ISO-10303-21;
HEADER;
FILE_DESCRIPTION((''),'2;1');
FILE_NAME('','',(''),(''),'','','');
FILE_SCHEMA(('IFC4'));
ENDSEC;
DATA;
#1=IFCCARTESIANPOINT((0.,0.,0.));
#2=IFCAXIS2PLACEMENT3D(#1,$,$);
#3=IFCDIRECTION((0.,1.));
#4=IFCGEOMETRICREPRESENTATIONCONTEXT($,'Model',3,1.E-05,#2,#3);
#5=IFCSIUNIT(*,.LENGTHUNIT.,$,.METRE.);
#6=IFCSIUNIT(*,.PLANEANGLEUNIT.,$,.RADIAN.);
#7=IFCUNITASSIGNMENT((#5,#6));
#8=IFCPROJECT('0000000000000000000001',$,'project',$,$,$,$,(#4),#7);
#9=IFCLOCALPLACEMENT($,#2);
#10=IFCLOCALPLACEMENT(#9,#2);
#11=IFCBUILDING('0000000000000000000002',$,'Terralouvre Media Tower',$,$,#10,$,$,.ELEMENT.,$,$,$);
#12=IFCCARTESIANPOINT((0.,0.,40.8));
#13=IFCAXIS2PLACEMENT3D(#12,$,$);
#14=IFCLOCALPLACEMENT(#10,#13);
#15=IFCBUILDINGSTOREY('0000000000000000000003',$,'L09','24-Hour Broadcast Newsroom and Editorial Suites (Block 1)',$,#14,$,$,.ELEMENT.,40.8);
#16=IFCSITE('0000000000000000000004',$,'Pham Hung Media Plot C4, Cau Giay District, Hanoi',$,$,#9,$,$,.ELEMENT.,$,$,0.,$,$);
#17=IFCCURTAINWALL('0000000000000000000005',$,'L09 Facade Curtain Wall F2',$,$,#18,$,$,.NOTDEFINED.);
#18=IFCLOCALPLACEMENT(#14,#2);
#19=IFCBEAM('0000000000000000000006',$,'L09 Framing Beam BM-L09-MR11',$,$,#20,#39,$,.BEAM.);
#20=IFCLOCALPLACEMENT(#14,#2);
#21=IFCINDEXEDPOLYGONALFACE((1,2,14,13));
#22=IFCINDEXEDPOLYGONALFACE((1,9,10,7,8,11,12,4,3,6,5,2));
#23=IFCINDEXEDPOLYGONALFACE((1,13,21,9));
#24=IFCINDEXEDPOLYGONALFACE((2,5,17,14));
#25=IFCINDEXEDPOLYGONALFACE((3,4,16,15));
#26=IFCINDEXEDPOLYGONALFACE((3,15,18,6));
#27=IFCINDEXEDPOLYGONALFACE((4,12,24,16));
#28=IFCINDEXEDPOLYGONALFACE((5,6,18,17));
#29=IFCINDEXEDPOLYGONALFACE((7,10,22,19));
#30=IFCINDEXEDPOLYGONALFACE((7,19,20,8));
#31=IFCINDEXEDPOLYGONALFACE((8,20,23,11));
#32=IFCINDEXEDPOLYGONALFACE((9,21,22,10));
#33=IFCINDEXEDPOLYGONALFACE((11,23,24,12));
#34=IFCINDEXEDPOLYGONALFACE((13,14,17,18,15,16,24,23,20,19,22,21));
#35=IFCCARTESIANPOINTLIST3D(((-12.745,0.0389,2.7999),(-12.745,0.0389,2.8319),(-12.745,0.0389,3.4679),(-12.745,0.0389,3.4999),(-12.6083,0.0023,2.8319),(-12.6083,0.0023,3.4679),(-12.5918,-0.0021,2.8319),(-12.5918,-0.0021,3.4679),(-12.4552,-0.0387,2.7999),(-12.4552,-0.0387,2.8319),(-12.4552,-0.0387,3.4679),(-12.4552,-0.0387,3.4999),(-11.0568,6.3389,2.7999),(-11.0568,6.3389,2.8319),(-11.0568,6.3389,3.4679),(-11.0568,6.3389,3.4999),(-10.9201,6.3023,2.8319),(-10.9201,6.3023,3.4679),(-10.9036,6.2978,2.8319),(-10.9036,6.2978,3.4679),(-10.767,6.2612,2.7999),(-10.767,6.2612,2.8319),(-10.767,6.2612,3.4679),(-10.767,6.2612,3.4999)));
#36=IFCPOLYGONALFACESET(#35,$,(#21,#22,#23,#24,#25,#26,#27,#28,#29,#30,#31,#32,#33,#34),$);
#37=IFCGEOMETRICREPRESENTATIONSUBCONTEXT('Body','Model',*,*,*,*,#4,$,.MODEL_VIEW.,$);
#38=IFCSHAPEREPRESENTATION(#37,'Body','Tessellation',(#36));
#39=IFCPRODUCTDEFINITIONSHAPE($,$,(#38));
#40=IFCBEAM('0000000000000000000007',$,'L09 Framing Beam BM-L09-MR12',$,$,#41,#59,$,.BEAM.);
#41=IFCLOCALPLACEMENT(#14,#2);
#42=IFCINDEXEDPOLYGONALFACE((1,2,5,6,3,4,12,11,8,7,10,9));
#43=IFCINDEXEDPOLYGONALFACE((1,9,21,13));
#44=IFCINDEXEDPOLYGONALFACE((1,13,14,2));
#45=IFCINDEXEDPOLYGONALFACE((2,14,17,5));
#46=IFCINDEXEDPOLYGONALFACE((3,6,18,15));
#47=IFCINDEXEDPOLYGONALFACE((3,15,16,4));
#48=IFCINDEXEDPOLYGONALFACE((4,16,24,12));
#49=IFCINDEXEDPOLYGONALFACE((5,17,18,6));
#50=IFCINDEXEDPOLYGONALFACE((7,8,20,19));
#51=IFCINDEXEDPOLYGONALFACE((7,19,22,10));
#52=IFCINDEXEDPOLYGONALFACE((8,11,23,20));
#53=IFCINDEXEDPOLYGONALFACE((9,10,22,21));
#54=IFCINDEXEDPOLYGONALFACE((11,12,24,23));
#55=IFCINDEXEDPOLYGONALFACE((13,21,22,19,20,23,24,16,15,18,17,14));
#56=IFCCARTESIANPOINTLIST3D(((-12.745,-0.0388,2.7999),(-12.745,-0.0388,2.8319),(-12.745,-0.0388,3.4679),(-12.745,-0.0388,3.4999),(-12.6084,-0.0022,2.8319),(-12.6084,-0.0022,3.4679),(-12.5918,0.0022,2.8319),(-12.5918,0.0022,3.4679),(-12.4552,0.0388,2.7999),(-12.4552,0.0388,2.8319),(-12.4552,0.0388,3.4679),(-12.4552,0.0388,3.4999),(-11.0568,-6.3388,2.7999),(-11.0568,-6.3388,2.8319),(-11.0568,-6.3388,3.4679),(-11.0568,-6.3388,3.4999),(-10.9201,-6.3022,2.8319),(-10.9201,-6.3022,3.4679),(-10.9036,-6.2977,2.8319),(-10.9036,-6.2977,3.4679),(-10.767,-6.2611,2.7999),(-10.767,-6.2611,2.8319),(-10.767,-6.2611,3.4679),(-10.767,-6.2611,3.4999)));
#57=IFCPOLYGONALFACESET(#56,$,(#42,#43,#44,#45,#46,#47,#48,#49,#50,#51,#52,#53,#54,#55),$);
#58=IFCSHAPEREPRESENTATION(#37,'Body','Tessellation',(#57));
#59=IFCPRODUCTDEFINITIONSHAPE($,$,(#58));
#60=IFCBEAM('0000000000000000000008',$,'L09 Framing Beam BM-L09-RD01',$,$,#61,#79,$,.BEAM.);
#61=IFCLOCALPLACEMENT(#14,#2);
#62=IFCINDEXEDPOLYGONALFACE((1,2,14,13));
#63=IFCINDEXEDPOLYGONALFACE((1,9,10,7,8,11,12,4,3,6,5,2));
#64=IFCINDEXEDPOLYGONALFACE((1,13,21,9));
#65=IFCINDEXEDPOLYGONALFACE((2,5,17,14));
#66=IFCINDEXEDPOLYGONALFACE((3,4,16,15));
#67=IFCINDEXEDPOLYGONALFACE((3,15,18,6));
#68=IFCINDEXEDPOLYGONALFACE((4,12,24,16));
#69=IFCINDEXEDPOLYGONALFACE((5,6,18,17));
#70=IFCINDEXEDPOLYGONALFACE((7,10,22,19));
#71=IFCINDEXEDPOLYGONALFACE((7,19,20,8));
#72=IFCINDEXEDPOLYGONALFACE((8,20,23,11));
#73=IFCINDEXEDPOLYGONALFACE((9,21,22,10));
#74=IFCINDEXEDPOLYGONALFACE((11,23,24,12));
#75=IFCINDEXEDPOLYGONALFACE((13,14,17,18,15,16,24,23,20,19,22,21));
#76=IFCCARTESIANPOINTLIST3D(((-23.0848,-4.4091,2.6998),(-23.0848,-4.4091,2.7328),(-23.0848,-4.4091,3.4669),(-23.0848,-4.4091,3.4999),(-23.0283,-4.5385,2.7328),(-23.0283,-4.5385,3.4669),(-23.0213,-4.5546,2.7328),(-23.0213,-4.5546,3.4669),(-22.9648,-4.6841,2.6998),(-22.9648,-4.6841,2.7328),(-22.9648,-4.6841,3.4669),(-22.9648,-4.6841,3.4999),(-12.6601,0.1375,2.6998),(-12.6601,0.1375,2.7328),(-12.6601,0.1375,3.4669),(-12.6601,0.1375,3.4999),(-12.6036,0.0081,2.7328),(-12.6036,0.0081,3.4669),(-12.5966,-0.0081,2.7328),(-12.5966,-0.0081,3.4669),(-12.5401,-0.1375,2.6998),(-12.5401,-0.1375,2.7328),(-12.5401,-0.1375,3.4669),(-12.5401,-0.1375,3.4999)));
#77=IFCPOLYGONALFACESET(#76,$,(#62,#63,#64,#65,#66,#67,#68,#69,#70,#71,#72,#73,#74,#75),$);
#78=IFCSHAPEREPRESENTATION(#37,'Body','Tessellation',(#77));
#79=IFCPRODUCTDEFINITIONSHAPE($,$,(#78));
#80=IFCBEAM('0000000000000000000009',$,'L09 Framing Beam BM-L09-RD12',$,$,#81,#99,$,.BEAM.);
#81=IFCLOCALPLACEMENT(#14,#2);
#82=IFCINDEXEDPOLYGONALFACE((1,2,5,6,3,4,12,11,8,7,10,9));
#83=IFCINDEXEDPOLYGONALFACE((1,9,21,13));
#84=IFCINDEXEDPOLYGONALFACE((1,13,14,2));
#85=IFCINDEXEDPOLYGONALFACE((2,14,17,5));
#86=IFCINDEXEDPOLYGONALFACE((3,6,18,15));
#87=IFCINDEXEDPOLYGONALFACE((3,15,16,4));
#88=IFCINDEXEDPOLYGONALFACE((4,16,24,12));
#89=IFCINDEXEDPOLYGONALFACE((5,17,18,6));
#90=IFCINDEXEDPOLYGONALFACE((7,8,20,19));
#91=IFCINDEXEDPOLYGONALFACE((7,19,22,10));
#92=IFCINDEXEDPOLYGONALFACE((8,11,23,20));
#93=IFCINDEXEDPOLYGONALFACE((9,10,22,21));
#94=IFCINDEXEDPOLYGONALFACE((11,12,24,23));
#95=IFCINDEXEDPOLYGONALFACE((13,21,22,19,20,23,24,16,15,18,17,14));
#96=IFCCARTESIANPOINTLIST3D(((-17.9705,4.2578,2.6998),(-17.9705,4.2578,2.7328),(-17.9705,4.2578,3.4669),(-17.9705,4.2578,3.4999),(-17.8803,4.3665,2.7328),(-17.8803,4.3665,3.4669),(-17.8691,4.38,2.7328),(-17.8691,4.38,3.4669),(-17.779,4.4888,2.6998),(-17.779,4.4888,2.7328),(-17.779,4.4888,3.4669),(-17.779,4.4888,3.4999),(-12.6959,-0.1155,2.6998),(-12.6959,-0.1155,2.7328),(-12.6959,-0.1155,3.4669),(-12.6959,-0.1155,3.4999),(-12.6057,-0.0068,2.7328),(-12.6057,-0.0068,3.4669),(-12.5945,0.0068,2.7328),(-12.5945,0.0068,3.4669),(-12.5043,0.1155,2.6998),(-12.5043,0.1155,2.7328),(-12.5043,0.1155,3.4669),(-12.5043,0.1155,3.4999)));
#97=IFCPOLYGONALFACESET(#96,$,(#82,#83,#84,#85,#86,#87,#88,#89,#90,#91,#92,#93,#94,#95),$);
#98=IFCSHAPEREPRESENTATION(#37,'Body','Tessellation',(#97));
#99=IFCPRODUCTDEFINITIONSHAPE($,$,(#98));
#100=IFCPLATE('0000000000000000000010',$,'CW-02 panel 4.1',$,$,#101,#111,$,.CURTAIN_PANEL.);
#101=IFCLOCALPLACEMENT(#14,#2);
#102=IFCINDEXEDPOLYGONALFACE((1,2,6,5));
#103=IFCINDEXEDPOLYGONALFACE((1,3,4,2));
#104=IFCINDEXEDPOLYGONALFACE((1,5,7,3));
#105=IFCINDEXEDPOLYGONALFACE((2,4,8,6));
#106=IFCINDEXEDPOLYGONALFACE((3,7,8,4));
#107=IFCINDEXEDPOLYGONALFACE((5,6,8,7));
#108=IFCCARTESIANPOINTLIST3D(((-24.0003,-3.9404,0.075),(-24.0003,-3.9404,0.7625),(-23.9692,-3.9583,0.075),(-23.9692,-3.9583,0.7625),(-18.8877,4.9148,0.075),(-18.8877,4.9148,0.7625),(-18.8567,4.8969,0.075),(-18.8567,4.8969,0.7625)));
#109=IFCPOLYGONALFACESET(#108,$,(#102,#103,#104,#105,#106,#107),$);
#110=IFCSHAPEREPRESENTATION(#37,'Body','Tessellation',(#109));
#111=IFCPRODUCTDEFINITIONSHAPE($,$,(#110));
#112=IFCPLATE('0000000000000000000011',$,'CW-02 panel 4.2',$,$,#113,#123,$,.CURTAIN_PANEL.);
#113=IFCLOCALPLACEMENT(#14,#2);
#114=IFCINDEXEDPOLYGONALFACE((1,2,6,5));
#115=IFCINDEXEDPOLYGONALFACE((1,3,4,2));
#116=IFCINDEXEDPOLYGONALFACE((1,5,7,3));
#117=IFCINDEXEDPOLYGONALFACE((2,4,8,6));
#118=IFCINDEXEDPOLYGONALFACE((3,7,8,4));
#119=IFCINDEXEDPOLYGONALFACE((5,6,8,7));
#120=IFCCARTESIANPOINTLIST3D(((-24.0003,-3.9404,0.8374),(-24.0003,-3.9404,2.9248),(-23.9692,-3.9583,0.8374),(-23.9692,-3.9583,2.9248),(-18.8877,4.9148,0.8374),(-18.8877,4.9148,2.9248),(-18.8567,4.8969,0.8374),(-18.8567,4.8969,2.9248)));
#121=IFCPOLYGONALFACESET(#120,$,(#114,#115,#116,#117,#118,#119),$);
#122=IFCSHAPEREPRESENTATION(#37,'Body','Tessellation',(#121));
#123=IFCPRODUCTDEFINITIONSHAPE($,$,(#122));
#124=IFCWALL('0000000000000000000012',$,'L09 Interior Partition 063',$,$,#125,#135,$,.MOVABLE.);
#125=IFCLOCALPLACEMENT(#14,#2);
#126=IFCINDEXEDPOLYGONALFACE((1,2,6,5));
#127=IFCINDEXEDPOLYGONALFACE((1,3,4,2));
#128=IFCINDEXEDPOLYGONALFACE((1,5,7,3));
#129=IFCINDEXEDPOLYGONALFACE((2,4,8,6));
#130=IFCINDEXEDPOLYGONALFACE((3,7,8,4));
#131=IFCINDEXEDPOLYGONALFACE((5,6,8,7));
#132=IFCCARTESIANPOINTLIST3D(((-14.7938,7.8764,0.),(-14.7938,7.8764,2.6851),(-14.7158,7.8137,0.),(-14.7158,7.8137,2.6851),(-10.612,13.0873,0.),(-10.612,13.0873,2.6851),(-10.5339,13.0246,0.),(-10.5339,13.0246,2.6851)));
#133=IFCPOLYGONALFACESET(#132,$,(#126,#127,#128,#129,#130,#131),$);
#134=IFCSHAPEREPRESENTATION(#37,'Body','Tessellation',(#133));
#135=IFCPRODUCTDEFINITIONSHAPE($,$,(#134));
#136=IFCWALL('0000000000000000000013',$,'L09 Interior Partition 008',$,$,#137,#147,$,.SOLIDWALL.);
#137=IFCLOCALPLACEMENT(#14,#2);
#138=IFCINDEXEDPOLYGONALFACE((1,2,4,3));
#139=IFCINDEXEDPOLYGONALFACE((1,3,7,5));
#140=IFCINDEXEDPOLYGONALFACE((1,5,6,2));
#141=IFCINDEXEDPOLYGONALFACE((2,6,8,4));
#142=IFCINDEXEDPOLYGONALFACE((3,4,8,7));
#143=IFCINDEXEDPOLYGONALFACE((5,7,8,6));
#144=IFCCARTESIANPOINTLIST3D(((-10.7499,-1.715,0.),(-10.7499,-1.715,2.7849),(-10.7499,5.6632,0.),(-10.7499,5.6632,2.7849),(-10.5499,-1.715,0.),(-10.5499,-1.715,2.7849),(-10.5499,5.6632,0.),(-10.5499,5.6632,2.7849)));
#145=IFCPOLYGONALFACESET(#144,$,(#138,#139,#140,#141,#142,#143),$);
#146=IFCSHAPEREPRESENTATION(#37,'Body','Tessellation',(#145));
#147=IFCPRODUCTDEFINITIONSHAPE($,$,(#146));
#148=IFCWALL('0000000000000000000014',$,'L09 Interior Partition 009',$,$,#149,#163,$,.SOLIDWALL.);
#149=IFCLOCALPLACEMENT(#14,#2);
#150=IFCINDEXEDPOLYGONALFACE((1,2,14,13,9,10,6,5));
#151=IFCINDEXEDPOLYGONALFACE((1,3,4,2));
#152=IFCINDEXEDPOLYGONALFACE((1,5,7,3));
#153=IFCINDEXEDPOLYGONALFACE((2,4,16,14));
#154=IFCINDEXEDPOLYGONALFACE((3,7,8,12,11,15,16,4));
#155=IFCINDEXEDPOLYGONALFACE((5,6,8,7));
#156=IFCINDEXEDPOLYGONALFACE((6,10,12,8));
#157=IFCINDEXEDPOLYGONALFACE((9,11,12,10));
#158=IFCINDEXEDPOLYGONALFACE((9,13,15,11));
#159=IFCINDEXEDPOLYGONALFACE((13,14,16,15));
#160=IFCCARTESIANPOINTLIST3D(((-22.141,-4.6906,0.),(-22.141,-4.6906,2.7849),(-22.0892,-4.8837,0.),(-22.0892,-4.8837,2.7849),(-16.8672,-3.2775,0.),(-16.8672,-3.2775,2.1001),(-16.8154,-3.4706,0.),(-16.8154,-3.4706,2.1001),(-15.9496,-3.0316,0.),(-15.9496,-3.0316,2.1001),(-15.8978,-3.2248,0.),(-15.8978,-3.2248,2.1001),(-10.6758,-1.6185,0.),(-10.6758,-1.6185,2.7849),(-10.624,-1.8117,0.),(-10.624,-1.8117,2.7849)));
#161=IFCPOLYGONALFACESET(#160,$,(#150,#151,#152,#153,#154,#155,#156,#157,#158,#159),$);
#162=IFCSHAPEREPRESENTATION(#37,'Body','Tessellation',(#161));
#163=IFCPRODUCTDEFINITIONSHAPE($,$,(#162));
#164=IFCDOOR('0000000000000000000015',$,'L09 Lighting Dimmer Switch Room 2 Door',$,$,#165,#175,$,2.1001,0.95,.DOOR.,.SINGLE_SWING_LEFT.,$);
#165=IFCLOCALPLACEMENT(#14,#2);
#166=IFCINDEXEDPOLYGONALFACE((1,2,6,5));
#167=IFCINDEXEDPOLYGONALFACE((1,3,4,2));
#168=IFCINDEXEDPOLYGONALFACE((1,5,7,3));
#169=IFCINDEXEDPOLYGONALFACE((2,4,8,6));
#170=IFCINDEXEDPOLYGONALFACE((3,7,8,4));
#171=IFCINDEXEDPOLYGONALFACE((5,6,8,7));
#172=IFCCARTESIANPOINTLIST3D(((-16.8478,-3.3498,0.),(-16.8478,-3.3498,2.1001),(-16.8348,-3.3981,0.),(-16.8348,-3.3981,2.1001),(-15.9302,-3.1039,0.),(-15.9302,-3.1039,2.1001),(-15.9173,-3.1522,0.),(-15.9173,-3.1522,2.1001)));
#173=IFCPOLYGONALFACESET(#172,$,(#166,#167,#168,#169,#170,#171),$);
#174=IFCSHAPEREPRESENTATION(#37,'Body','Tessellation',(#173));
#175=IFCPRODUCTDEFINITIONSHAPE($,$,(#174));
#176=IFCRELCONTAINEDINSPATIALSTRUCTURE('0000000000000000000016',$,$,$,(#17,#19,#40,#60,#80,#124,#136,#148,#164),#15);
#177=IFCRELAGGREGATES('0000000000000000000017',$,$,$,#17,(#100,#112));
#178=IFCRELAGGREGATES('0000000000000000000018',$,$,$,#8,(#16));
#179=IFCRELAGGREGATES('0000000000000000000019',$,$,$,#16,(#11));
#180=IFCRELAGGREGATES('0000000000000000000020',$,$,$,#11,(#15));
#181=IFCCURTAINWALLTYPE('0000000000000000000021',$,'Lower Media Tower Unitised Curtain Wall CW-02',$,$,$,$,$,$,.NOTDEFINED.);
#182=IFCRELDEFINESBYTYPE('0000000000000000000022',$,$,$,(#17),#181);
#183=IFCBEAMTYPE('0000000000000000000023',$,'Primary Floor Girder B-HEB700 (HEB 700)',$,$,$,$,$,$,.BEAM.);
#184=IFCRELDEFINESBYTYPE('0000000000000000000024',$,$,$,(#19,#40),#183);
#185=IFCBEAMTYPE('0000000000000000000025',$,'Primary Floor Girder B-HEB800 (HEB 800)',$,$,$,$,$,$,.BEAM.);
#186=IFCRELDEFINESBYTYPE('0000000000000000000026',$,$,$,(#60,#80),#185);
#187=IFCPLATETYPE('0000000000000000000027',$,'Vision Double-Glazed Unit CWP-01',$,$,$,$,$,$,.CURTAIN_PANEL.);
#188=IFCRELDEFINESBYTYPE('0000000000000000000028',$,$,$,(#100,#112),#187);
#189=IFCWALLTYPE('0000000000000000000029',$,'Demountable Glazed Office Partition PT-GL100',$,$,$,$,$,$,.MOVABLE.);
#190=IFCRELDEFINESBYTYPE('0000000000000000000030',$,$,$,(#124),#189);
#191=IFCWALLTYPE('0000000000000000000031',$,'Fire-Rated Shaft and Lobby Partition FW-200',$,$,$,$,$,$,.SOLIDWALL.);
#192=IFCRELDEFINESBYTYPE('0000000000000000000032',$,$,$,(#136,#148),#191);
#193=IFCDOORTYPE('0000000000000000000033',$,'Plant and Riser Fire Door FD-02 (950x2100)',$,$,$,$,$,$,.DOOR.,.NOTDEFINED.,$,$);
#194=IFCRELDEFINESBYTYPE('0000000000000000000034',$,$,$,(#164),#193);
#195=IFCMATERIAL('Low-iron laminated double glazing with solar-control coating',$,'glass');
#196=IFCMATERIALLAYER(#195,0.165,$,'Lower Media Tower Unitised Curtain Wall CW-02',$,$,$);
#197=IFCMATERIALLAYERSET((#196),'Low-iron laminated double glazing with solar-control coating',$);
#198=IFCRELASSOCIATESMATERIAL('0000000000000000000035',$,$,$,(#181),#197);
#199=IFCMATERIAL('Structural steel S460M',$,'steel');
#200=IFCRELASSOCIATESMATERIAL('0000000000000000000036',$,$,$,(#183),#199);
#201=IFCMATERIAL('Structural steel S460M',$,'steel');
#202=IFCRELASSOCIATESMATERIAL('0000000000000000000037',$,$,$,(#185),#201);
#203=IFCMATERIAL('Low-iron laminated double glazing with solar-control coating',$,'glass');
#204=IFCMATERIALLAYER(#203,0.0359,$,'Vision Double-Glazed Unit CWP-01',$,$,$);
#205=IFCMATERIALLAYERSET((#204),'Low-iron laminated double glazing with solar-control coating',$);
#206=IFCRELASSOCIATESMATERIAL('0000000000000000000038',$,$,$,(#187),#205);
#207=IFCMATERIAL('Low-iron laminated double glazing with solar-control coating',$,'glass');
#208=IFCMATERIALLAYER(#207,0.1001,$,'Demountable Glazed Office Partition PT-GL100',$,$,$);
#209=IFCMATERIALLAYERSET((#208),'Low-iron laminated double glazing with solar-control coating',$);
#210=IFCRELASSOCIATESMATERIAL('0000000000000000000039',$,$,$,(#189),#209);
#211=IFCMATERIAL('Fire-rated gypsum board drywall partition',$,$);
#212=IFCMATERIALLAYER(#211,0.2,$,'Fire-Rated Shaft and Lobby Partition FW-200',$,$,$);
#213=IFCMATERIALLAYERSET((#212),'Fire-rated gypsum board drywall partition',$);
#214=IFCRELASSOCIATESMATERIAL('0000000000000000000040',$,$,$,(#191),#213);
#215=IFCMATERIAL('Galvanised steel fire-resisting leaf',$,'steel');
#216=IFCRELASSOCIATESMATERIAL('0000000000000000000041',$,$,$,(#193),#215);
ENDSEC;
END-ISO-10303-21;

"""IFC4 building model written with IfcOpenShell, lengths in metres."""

from ifc_helpers import new_model, si_unit, direction, frame, frame_2d, origin, origin_2d, place, context, subcontext, project, spatial, rectangle, i_section, extrude, material, layer, layer_set, material_profile, profile_set, type_object, element, fill, aggregate, save


model = new_model("IFC4")

# Units and contexts
model_context = context("Model", 3, precision=1e-05, world=origin(), true_north=direction((0.0, 1.0)))
body_context = subcontext(model_context, "Body", "Model", "MODEL_VIEW")
ifc_project = project(units=[si_unit("LENGTHUNIT", "METRE"), si_unit("PLANEANGLEUNIT", "RADIAN")], contexts=[model_context])

# Site, building, storey
site_placement = place(None, origin())
site = spatial("IfcSite", under=ifc_project, at=site_placement, Name="Pham Hung Media Plot C4, Cau Giay District, Hanoi", CompositionType="ELEMENT", RefElevation=0.0)
building_placement = place(site_placement, origin())
building = spatial("IfcBuilding", under=site, at=building_placement, Name="Terralouvre Media Tower", CompositionType="ELEMENT")
storey_placement = place(building_placement, frame((0.0, 0.0, 40.8)))
storey = spatial("IfcBuildingStorey", under=building, at=storey_placement, Name="L09", Description="24-Hour Broadcast Newsroom and Editorial Suites (Block 1)", CompositionType="ELEMENT", Elevation=40.8)

# Curtain wall
ifc_material_1 = material(Name="Low-iron laminated double glazing with solar-control coating", Category="glass")
ifc_layer_1 = layer(ifc_material_1, 0.165, Name="Lower Media Tower Unitised Curtain Wall CW-02")
ifc_layer_set_1 = layer_set([ifc_layer_1], Name="Low-iron laminated double glazing with solar-control coating")
curtain_wall_type = type_object("IfcCurtainWallType", Name="Lower Media Tower Unitised Curtain Wall CW-02", PredefinedType="NOTDEFINED", material=ifc_layer_set_1)
curtain_wall_placement = place(storey_placement, origin())
curtain_wall = element("IfcCurtainWall", 1, at=curtain_wall_placement, inside=storey, type_object=curtain_wall_type, Name="L09 Facade Curtain Wall F2", PredefinedType="NOTDEFINED")

# Beams
ifc_material_2 = material(Name="Structural steel S460M", Category="steel")
ifc_material_profile_1 = material_profile(ifc_material_2, i_section(OverallWidth=0.3, OverallDepth=0.7, WebThickness=0.0171, FlangeThickness=0.032, at=origin_2d()), Name="HEB 700")
ifc_profile_set_1 = profile_set([ifc_material_profile_1], Name="Structural steel S460M")
beam_type_1 = type_object("IfcBeamType", Name="Primary Floor Girder B-HEB700 (HEB 700)", PredefinedType="BEAM", material=ifc_profile_set_1)
for number, where, z_axis, x_axis, name in (
    (2, (-10.9119, 6.3, 3.1499), (-0.258839, -0.96592, 0.0), (0.96592, -0.258839, 0.0), "L09 Framing Beam BM-L09-MR11"),
    (3, (-12.6001, 0.0, 3.1499), (0.258839, -0.96592, 0.0), (0.96592, 0.258839, 0.0), "L09 Framing Beam BM-L09-MR12"),
):
    element("IfcBeam", number, at=place(storey_placement, frame(where, z_axis=z_axis, x_axis=x_axis)), inside=storey, type_object=beam_type_1, Name=name, PredefinedType="BEAM", context=body_context, shape_type="SweptSolid", body=[
        extrude(i_section(OverallWidth=0.3, OverallDepth=0.7, WebThickness=0.0171, FlangeThickness=0.032, at=origin_2d()), origin(), (0.0, 0.0, 1.0), 6.5222),
    ])
ifc_material_3 = material(Name="Structural steel S460M", Category="steel")
ifc_material_profile_2 = material_profile(ifc_material_3, i_section(OverallWidth=0.3, OverallDepth=0.8, WebThickness=0.0176, FlangeThickness=0.033, at=origin_2d()), Name="HEB 800")
ifc_profile_set_2 = profile_set([ifc_material_profile_2], Name="Structural steel S460M")
beam_type_2 = type_object("IfcBeamType", Name="Primary Floor Girder B-HEB800 (HEB 800)", PredefinedType="BEAM", material=ifc_profile_set_2)
beam_1_placement = place(storey_placement, frame((-12.6001, 0.0, 3.0999), z_axis=(-0.916616, -0.399769, 0.0), x_axis=(0.399769, -0.916616, 0.0)))
element("IfcBeam", 4, at=beam_1_placement, inside=storey, type_object=beam_type_2, Name="L09 Framing Beam BM-L09-RD01", PredefinedType="BEAM", context=body_context, shape_type="SweptSolid", body=[
    extrude(i_section(OverallWidth=0.3, OverallDepth=0.8, WebThickness=0.0176, FlangeThickness=0.033, at=origin_2d()), origin(), (0.0, 0.0, 1.0), 11.373),
])
beam_2_placement = place(storey_placement, frame((-12.6001, 0.0, 3.0999), z_axis=(-0.769816, 0.638265, 0.0), x_axis=(-0.638265, -0.769816, 0.0)))
element("IfcBeam", 5, at=beam_2_placement, inside=storey, type_object=beam_type_2, Name="L09 Framing Beam BM-L09-RD12", PredefinedType="BEAM", context=body_context, shape_type="SweptSolid", body=[
    extrude(i_section(OverallWidth=0.3, OverallDepth=0.8, WebThickness=0.0176, FlangeThickness=0.033, at=origin_2d()), origin(), (0.0, 0.0, 1.0), 6.8518),
])

# Plates
ifc_material_4 = material(Name="Low-iron laminated double glazing with solar-control coating", Category="glass")
ifc_layer_2 = layer(ifc_material_4, 0.0359, Name="Vision Double-Glazed Unit CWP-01")
ifc_layer_set_2 = layer_set([ifc_layer_2], Name="Low-iron laminated double glazing with solar-control coating")
plate_type = type_object("IfcPlateType", Name="Vision Double-Glazed Unit CWP-01", PredefinedType="CURTAIN_PANEL", material=ifc_layer_set_2)
plate_1_placement = place(storey_placement, frame((-21.4285, 0.4783, 0.075), z_axis=(0.0, 0.0, 1.0), x_axis=(-0.5, -0.866025, 0.0)))
plate_1 = element("IfcPlate", 6, at=plate_1_placement, type_object=plate_type, Name="CW-02 panel 4.1", PredefinedType="CURTAIN_PANEL", context=body_context, shape_type="SweptSolid", body=[
    extrude(rectangle(XDim=10.2251, YDim=0.0359, at=origin_2d()), origin(), (0.0, 0.0, 1.0), 0.6875),
])
plate_2_placement = place(storey_placement, frame((-21.4285, 0.4783, 0.8374), z_axis=(0.0, 0.0, 1.0), x_axis=(-0.5, -0.866025, 0.0)))
plate_2 = element("IfcPlate", 7, at=plate_2_placement, type_object=plate_type, Name="CW-02 panel 4.2", PredefinedType="CURTAIN_PANEL", context=body_context, shape_type="SweptSolid", body=[
    extrude(rectangle(XDim=10.2251, YDim=0.0359, at=origin_2d()), origin(), (0.0, 0.0, 1.0), 2.0874),
])
aggregate(curtain_wall, [plate_1, plate_2])

# Walls
ifc_material_5 = material(Name="Low-iron laminated double glazing with solar-control coating", Category="glass")
ifc_layer_3 = layer(ifc_material_5, 0.1001, Name="Demountable Glazed Office Partition PT-GL100")
ifc_layer_set_3 = layer_set([ifc_layer_3], Name="Low-iron laminated double glazing with solar-control coating")
wall_type_1 = type_object("IfcWallType", Name="Demountable Glazed Office Partition PT-GL100", PredefinedType="MOVABLE", material=ifc_layer_set_3)
wall_1_placement = place(storey_placement, frame((-14.7549, 7.845, 0.0), z_axis=(0.0, 0.0, 1.0), x_axis=(0.625893, 0.779909, 0.0)))
element("IfcWall", 8, at=wall_1_placement, inside=storey, type_object=wall_type_1, Name="L09 Interior Partition 063", PredefinedType="MOVABLE", context=body_context, shape_type="SweptSolid", body=[
    extrude(rectangle(XDim=6.6814, YDim=0.1001, at=frame_2d((3.3408, 0.0))), origin(), (0.0, 0.0, 1.0), 2.6851),
])
ifc_material_6 = material(Name="Fire-rated gypsum board drywall partition")
ifc_layer_4 = layer(ifc_material_6, 0.2, Name="Fire-Rated Shaft and Lobby Partition FW-200")
ifc_layer_set_4 = layer_set([ifc_layer_4], Name="Fire-rated gypsum board drywall partition")
wall_type_2 = type_object("IfcWallType", Name="Fire-Rated Shaft and Lobby Partition FW-200", PredefinedType="SOLIDWALL", material=ifc_layer_set_4)
wall_2_placement = place(storey_placement, frame((-10.6499, 5.6631, 0.0), z_axis=(0.0, 0.0, 1.0), x_axis=(0.0, -1.0, 0.0)))
element("IfcWall", 9, at=wall_2_placement, inside=storey, type_object=wall_type_2, Name="L09 Interior Partition 008", PredefinedType="SOLIDWALL", context=body_context, shape_type="SweptSolid", body=[
    extrude(rectangle(XDim=7.3782, YDim=0.2, at=frame_2d((3.689, 0.0))), origin(), (0.0, 0.0, 1.0), 2.7849),
])

# Wall, opening, door
wall_3_placement = place(storey_placement, frame((-10.6499, -1.7151, 0.0), z_axis=(0.0, 0.0, 1.0), x_axis=(-0.965927, -0.258816, 0.0)))
wall_3 = element("IfcWall", 10, at=wall_3_placement, inside=storey, type_object=wall_type_2, Name="L09 Interior Partition 009", PredefinedType="SOLIDWALL", context=body_context, shape_type="SweptSolid", body=[
    extrude(rectangle(XDim=11.8696, YDim=0.2, at=frame_2d((5.9348, 0.0))), origin(), (0.0, 0.0, 1.0), 2.7849),
])
opening_placement = place(wall_3_placement, frame((5.4597, 0.0, 0.0)))
opening = element("IfcOpeningElement", 11, at=opening_placement, cuts=wall_3, PredefinedType="OPENING", context=body_context, shape_type="SweptSolid", body=[
    extrude(rectangle(XDim=0.95, YDim=2.1001, at=frame_2d((0.4751, 1.05))), frame((0.0, 0.1099, 0.0), z_axis=(0.0, -1.0, 0.0), x_axis=(1.0, 0.0, 0.0)), (0.0, 0.0, 1.0), 0.22),
])
ifc_material_7 = material(Name="Galvanised steel fire-resisting leaf", Category="steel")
door_type = type_object("IfcDoorType", Name="Plant and Riser Fire Door FD-02 (950x2100)", OperationType="NOTDEFINED", PredefinedType="DOOR", material=ifc_material_7)
door_placement = place(opening_placement, origin())
door = element("IfcDoor", 12, at=door_placement, inside=storey, type_object=door_type, Name="L09 Lighting Dimmer Switch Room 2 Door", OperationType="SINGLE_SWING_LEFT", OverallHeight=2.1001, OverallWidth=0.95, PredefinedType="DOOR", context=body_context, shape_type="SweptSolid", body=[
    extrude(rectangle(XDim=0.95, YDim=2.1001, at=frame_2d((0.4751, 1.05))), frame((0.0, 0.0249, 0.0), z_axis=(0.0, -1.0, 0.0), x_axis=(1.0, 0.0, 0.0)), (0.0, 0.0, 1.0), 0.05),
])
fill(opening, door)

save(model, "model.ifc")
